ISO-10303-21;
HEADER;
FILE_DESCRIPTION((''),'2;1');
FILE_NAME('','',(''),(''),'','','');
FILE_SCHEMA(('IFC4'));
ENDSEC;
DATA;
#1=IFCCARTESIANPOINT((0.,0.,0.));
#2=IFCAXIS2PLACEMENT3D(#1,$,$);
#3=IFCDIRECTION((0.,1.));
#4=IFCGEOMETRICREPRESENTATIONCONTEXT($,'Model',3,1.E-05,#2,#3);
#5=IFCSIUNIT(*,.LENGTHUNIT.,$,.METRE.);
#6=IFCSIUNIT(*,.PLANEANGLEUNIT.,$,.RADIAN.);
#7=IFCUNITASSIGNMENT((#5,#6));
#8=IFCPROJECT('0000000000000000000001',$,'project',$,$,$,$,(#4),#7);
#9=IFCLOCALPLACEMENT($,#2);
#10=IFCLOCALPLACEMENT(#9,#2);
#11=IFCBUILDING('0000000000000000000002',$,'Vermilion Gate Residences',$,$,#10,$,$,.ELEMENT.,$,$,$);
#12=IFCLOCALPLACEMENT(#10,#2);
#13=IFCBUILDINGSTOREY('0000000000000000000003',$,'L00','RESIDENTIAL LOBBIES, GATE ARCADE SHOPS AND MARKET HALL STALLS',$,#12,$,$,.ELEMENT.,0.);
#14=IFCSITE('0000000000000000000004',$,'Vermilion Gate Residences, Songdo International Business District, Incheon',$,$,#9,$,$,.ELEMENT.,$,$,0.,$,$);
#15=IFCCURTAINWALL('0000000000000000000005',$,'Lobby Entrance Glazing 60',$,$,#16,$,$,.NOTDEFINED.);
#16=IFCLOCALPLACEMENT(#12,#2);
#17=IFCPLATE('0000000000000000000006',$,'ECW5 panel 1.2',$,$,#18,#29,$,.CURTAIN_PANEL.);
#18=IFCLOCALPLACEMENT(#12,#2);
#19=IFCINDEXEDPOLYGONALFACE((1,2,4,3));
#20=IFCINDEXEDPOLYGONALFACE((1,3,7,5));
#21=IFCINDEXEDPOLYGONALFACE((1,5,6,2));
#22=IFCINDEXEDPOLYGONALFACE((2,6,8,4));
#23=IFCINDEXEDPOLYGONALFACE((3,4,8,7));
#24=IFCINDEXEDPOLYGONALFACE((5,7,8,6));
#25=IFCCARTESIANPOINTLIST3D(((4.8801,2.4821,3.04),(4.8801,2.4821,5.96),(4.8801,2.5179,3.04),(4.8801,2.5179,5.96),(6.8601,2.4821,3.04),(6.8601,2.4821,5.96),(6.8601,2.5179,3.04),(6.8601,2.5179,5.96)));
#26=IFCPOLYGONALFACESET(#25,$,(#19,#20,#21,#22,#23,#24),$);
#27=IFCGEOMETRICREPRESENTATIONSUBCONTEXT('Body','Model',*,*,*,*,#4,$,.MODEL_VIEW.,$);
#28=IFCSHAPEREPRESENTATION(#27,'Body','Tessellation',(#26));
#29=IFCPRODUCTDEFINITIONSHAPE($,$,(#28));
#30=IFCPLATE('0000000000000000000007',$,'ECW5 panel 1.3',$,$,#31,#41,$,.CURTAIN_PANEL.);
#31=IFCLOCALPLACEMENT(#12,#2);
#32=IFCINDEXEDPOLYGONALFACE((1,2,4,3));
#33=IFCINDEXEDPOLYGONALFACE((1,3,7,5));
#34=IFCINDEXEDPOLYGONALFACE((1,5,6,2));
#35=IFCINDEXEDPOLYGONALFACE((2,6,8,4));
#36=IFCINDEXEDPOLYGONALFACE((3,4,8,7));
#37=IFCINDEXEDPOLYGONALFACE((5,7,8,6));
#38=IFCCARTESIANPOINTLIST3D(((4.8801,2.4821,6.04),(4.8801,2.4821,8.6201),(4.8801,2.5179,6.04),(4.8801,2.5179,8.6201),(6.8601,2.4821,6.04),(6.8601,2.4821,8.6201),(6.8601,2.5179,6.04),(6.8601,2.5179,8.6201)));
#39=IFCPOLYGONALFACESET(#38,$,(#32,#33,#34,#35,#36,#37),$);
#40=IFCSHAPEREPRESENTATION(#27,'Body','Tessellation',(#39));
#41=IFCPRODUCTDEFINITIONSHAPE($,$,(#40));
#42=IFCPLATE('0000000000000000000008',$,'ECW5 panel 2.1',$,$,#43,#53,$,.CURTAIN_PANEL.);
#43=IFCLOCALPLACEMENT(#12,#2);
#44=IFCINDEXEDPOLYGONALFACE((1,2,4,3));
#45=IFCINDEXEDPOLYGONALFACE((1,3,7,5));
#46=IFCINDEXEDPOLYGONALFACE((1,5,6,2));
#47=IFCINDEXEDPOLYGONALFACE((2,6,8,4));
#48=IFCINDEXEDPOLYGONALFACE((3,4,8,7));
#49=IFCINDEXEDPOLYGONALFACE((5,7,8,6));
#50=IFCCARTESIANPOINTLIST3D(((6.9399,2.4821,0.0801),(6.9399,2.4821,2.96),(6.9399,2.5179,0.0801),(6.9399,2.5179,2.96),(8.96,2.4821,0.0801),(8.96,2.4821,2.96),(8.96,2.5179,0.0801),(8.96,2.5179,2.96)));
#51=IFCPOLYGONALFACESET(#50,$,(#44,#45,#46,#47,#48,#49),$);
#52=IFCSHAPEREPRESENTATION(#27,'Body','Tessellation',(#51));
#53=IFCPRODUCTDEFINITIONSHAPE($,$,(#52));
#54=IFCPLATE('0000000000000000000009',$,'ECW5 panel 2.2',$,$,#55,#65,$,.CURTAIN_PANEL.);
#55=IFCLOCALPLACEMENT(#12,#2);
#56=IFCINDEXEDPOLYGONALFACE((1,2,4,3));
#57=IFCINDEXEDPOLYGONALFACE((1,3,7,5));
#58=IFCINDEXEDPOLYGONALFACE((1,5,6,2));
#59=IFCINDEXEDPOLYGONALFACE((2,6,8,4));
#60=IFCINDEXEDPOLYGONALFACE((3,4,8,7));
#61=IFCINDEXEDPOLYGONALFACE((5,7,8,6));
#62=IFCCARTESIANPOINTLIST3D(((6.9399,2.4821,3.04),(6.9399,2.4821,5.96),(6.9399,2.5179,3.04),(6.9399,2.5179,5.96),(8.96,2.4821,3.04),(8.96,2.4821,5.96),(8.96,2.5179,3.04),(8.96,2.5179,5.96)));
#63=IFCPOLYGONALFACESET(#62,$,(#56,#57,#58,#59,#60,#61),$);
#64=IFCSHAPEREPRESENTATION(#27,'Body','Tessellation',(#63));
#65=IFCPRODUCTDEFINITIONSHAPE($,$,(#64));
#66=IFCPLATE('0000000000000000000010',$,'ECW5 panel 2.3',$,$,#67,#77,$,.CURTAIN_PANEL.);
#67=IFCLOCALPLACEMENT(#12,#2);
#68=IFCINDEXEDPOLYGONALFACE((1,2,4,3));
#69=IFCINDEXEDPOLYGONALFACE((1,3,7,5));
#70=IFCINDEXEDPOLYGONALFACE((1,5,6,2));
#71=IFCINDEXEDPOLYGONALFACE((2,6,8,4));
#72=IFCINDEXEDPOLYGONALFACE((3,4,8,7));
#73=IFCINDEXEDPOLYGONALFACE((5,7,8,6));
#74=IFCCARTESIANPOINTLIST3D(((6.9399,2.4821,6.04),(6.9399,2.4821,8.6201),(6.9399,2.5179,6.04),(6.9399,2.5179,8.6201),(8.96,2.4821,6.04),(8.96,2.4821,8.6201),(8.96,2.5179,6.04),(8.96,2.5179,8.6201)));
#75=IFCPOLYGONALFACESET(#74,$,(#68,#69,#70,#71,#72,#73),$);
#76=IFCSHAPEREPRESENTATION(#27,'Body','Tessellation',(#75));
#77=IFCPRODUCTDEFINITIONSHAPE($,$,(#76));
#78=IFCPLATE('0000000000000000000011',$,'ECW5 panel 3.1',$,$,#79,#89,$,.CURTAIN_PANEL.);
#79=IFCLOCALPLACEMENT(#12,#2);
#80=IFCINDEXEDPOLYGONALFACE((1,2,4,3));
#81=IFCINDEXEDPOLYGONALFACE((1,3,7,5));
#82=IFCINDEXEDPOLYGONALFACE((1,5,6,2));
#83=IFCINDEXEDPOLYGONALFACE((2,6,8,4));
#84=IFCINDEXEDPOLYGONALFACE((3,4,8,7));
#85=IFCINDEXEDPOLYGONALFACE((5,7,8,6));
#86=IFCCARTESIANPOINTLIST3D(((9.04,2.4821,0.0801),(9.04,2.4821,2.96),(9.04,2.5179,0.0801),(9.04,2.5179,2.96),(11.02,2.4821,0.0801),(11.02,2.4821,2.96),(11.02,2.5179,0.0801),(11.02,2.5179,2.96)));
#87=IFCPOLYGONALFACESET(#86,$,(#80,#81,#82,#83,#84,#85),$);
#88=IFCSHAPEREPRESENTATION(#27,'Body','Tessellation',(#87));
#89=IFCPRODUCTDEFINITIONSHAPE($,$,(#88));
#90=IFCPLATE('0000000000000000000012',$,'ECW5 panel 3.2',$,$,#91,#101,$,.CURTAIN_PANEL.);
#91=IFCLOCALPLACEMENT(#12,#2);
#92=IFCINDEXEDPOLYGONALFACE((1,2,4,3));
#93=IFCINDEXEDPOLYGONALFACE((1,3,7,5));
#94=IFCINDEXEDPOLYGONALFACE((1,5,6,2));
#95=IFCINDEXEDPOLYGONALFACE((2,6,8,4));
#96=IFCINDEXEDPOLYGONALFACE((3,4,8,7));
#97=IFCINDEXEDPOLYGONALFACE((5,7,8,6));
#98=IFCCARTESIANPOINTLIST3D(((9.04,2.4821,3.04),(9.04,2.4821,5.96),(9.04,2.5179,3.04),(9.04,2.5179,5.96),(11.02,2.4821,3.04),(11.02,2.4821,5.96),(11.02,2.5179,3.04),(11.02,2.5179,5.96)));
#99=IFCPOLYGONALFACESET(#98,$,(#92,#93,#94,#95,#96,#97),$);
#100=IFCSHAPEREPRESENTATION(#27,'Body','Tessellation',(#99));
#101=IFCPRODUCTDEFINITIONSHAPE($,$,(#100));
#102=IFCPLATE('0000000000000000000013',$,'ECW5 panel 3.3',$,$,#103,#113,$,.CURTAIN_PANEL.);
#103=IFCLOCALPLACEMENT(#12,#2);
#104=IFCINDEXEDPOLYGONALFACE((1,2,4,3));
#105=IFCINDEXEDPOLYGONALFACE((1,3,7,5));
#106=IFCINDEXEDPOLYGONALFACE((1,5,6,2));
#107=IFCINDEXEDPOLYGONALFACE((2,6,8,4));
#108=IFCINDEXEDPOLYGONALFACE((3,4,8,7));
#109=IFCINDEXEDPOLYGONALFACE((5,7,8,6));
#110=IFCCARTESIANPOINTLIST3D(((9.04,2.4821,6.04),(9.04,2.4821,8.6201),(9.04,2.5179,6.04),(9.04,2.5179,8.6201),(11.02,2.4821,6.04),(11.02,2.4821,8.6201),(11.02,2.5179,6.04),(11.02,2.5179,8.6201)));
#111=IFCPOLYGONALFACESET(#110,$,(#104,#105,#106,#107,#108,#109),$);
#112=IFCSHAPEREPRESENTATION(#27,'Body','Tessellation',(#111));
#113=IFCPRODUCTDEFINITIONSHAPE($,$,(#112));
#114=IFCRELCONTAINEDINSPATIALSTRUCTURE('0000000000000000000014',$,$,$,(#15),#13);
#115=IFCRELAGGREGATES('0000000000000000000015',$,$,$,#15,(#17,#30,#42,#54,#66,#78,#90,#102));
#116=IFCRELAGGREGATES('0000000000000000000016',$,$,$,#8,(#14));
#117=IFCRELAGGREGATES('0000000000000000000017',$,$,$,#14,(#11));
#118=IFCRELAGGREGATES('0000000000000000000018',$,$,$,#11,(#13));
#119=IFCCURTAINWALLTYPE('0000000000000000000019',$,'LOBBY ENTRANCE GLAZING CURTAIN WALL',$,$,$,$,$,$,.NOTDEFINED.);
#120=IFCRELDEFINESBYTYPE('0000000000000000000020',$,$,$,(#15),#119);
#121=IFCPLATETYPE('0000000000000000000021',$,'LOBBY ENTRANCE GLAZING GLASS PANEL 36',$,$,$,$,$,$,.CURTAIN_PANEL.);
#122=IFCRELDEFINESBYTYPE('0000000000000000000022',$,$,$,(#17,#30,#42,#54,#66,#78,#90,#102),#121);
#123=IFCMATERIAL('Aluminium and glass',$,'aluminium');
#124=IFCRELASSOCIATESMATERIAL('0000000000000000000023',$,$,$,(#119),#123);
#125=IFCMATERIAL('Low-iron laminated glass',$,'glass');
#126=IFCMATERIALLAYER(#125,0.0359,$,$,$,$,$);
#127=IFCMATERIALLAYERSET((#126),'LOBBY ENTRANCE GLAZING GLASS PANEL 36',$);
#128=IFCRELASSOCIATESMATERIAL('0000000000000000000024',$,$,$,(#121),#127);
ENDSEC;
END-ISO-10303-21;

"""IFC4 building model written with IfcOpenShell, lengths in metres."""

from ifc_helpers import new_model, si_unit, direction, frame, origin, origin_2d, place, context, subcontext, project, spatial, rectangle, extrude, material, layer, layer_set, type_object, element, aggregate, save


model = new_model("IFC4")

# Units and contexts
model_context = context("Model", 3, precision=1e-05, world=origin(), true_north=direction((0.0, 1.0)))
body_context = subcontext(model_context, "Body", "Model", "MODEL_VIEW")
ifc_project = project(units=[si_unit("LENGTHUNIT", "METRE"), si_unit("PLANEANGLEUNIT", "RADIAN")], contexts=[model_context])

# Site, building, storey
site_placement = place(None, origin())
site = spatial("IfcSite", under=ifc_project, at=site_placement, Name="Vermilion Gate Residences, Songdo International Business District, Incheon", CompositionType="ELEMENT", RefElevation=0.0)
building_placement = place(site_placement, origin())
building = spatial("IfcBuilding", under=site, at=building_placement, Name="Vermilion Gate Residences", CompositionType="ELEMENT")
storey_placement = place(building_placement, origin())
storey = spatial("IfcBuildingStorey", under=building, at=storey_placement, Name="L00", Description="RESIDENTIAL LOBBIES, GATE ARCADE SHOPS AND MARKET HALL STALLS", CompositionType="ELEMENT", Elevation=0.0)

# Curtain wall
ifc_material_1 = material(Name="Aluminium and glass", Category="aluminium")
curtain_wall_type = type_object("IfcCurtainWallType", Name="LOBBY ENTRANCE GLAZING CURTAIN WALL", PredefinedType="NOTDEFINED", material=ifc_material_1)
curtain_wall_placement = place(storey_placement, origin())
curtain_wall = element("IfcCurtainWall", 1, at=curtain_wall_placement, inside=storey, type_object=curtain_wall_type, Name="Lobby Entrance Glazing 60", PredefinedType="NOTDEFINED")

# Plates
ifc_material_2 = material(Name="Low-iron laminated glass", Category="glass")
ifc_layer = layer(ifc_material_2, 0.0359)
ifc_layer_set = layer_set([ifc_layer], Name="LOBBY ENTRANCE GLAZING GLASS PANEL 36")
plate_type = type_object("IfcPlateType", Name="LOBBY ENTRANCE GLAZING GLASS PANEL 36", PredefinedType="CURTAIN_PANEL", material=ifc_layer_set)
plate_1_placement = place(storey_placement, frame((5.8701, 2.5, 3.04), z_axis=(0.0, 0.0, 1.0), x_axis=(1.0, 0.0, 0.0)))
plate_1 = element("IfcPlate", 2, at=plate_1_placement, type_object=plate_type, Name="ECW5 panel 1.2", PredefinedType="CURTAIN_PANEL", context=body_context, shape_type="SweptSolid", body=[
    extrude(rectangle(XDim=1.98, YDim=0.0359, at=origin_2d()), origin(), (0.0, 0.0, 1.0), 2.9199),
])
plate_2_placement = place(storey_placement, frame((5.8701, 2.5, 6.04), z_axis=(0.0, 0.0, 1.0), x_axis=(1.0, 0.0, 0.0)))
plate_2 = element("IfcPlate", 3, at=plate_2_placement, type_object=plate_type, Name="ECW5 panel 1.3", PredefinedType="CURTAIN_PANEL", context=body_context, shape_type="SweptSolid", body=[
    extrude(rectangle(XDim=1.98, YDim=0.0359, at=origin_2d()), origin(), (0.0, 0.0, 1.0), 2.5801),
])
plate_3_placement = place(storey_placement, frame((7.95, 2.5, 0.0801), z_axis=(0.0, 0.0, 1.0), x_axis=(1.0, 0.0, 0.0)))
plate_3 = element("IfcPlate", 4, at=plate_3_placement, type_object=plate_type, Name="ECW5 panel 2.1", PredefinedType="CURTAIN_PANEL", context=body_context, shape_type="SweptSolid", body=[
    extrude(rectangle(XDim=2.02, YDim=0.0359, at=origin_2d()), origin(), (0.0, 0.0, 1.0), 2.8799),
])
plate_4_placement = place(storey_placement, frame((7.95, 2.5, 3.04), z_axis=(0.0, 0.0, 1.0), x_axis=(1.0, 0.0, 0.0)))
plate_4 = element("IfcPlate", 5, at=plate_4_placement, type_object=plate_type, Name="ECW5 panel 2.2", PredefinedType="CURTAIN_PANEL", context=body_context, shape_type="SweptSolid", body=[
    extrude(rectangle(XDim=2.02, YDim=0.0359, at=origin_2d()), origin(), (0.0, 0.0, 1.0), 2.9199),
])
plate_5_placement = place(storey_placement, frame((7.95, 2.5, 6.04), z_axis=(0.0, 0.0, 1.0), x_axis=(1.0, 0.0, 0.0)))
plate_5 = element("IfcPlate", 6, at=plate_5_placement, type_object=plate_type, Name="ECW5 panel 2.3", PredefinedType="CURTAIN_PANEL", context=body_context, shape_type="SweptSolid", body=[
    extrude(rectangle(XDim=2.02, YDim=0.0359, at=origin_2d()), origin(), (0.0, 0.0, 1.0), 2.5801),
])
plate_6_placement = place(storey_placement, frame((10.03, 2.5, 0.0801), z_axis=(0.0, 0.0, 1.0), x_axis=(1.0, 0.0, 0.0)))
plate_6 = element("IfcPlate", 7, at=plate_6_placement, type_object=plate_type, Name="ECW5 panel 3.1", PredefinedType="CURTAIN_PANEL", context=body_context, shape_type="SweptSolid", body=[
    extrude(rectangle(XDim=1.98, YDim=0.0359, at=origin_2d()), origin(), (0.0, 0.0, 1.0), 2.8799),
])
plate_7_placement = place(storey_placement, frame((10.03, 2.5, 3.04), z_axis=(0.0, 0.0, 1.0), x_axis=(1.0, 0.0, 0.0)))
plate_7 = element("IfcPlate", 8, at=plate_7_placement, type_object=plate_type, Name="ECW5 panel 3.2", PredefinedType="CURTAIN_PANEL", context=body_context, shape_type="SweptSolid", body=[
    extrude(rectangle(XDim=1.98, YDim=0.0359, at=origin_2d()), origin(), (0.0, 0.0, 1.0), 2.9199),
])
plate_8_placement = place(storey_placement, frame((10.03, 2.5, 6.04), z_axis=(0.0, 0.0, 1.0), x_axis=(1.0, 0.0, 0.0)))
plate_8 = element("IfcPlate", 9, at=plate_8_placement, type_object=plate_type, Name="ECW5 panel 3.3", PredefinedType="CURTAIN_PANEL", context=body_context, shape_type="SweptSolid", body=[
    extrude(rectangle(XDim=1.98, YDim=0.0359, at=origin_2d()), origin(), (0.0, 0.0, 1.0), 2.5801),
])
aggregate(curtain_wall, [plate_1, plate_2, plate_3, plate_4, plate_5, plate_6, plate_7, plate_8])

save(model, "model.ifc")
